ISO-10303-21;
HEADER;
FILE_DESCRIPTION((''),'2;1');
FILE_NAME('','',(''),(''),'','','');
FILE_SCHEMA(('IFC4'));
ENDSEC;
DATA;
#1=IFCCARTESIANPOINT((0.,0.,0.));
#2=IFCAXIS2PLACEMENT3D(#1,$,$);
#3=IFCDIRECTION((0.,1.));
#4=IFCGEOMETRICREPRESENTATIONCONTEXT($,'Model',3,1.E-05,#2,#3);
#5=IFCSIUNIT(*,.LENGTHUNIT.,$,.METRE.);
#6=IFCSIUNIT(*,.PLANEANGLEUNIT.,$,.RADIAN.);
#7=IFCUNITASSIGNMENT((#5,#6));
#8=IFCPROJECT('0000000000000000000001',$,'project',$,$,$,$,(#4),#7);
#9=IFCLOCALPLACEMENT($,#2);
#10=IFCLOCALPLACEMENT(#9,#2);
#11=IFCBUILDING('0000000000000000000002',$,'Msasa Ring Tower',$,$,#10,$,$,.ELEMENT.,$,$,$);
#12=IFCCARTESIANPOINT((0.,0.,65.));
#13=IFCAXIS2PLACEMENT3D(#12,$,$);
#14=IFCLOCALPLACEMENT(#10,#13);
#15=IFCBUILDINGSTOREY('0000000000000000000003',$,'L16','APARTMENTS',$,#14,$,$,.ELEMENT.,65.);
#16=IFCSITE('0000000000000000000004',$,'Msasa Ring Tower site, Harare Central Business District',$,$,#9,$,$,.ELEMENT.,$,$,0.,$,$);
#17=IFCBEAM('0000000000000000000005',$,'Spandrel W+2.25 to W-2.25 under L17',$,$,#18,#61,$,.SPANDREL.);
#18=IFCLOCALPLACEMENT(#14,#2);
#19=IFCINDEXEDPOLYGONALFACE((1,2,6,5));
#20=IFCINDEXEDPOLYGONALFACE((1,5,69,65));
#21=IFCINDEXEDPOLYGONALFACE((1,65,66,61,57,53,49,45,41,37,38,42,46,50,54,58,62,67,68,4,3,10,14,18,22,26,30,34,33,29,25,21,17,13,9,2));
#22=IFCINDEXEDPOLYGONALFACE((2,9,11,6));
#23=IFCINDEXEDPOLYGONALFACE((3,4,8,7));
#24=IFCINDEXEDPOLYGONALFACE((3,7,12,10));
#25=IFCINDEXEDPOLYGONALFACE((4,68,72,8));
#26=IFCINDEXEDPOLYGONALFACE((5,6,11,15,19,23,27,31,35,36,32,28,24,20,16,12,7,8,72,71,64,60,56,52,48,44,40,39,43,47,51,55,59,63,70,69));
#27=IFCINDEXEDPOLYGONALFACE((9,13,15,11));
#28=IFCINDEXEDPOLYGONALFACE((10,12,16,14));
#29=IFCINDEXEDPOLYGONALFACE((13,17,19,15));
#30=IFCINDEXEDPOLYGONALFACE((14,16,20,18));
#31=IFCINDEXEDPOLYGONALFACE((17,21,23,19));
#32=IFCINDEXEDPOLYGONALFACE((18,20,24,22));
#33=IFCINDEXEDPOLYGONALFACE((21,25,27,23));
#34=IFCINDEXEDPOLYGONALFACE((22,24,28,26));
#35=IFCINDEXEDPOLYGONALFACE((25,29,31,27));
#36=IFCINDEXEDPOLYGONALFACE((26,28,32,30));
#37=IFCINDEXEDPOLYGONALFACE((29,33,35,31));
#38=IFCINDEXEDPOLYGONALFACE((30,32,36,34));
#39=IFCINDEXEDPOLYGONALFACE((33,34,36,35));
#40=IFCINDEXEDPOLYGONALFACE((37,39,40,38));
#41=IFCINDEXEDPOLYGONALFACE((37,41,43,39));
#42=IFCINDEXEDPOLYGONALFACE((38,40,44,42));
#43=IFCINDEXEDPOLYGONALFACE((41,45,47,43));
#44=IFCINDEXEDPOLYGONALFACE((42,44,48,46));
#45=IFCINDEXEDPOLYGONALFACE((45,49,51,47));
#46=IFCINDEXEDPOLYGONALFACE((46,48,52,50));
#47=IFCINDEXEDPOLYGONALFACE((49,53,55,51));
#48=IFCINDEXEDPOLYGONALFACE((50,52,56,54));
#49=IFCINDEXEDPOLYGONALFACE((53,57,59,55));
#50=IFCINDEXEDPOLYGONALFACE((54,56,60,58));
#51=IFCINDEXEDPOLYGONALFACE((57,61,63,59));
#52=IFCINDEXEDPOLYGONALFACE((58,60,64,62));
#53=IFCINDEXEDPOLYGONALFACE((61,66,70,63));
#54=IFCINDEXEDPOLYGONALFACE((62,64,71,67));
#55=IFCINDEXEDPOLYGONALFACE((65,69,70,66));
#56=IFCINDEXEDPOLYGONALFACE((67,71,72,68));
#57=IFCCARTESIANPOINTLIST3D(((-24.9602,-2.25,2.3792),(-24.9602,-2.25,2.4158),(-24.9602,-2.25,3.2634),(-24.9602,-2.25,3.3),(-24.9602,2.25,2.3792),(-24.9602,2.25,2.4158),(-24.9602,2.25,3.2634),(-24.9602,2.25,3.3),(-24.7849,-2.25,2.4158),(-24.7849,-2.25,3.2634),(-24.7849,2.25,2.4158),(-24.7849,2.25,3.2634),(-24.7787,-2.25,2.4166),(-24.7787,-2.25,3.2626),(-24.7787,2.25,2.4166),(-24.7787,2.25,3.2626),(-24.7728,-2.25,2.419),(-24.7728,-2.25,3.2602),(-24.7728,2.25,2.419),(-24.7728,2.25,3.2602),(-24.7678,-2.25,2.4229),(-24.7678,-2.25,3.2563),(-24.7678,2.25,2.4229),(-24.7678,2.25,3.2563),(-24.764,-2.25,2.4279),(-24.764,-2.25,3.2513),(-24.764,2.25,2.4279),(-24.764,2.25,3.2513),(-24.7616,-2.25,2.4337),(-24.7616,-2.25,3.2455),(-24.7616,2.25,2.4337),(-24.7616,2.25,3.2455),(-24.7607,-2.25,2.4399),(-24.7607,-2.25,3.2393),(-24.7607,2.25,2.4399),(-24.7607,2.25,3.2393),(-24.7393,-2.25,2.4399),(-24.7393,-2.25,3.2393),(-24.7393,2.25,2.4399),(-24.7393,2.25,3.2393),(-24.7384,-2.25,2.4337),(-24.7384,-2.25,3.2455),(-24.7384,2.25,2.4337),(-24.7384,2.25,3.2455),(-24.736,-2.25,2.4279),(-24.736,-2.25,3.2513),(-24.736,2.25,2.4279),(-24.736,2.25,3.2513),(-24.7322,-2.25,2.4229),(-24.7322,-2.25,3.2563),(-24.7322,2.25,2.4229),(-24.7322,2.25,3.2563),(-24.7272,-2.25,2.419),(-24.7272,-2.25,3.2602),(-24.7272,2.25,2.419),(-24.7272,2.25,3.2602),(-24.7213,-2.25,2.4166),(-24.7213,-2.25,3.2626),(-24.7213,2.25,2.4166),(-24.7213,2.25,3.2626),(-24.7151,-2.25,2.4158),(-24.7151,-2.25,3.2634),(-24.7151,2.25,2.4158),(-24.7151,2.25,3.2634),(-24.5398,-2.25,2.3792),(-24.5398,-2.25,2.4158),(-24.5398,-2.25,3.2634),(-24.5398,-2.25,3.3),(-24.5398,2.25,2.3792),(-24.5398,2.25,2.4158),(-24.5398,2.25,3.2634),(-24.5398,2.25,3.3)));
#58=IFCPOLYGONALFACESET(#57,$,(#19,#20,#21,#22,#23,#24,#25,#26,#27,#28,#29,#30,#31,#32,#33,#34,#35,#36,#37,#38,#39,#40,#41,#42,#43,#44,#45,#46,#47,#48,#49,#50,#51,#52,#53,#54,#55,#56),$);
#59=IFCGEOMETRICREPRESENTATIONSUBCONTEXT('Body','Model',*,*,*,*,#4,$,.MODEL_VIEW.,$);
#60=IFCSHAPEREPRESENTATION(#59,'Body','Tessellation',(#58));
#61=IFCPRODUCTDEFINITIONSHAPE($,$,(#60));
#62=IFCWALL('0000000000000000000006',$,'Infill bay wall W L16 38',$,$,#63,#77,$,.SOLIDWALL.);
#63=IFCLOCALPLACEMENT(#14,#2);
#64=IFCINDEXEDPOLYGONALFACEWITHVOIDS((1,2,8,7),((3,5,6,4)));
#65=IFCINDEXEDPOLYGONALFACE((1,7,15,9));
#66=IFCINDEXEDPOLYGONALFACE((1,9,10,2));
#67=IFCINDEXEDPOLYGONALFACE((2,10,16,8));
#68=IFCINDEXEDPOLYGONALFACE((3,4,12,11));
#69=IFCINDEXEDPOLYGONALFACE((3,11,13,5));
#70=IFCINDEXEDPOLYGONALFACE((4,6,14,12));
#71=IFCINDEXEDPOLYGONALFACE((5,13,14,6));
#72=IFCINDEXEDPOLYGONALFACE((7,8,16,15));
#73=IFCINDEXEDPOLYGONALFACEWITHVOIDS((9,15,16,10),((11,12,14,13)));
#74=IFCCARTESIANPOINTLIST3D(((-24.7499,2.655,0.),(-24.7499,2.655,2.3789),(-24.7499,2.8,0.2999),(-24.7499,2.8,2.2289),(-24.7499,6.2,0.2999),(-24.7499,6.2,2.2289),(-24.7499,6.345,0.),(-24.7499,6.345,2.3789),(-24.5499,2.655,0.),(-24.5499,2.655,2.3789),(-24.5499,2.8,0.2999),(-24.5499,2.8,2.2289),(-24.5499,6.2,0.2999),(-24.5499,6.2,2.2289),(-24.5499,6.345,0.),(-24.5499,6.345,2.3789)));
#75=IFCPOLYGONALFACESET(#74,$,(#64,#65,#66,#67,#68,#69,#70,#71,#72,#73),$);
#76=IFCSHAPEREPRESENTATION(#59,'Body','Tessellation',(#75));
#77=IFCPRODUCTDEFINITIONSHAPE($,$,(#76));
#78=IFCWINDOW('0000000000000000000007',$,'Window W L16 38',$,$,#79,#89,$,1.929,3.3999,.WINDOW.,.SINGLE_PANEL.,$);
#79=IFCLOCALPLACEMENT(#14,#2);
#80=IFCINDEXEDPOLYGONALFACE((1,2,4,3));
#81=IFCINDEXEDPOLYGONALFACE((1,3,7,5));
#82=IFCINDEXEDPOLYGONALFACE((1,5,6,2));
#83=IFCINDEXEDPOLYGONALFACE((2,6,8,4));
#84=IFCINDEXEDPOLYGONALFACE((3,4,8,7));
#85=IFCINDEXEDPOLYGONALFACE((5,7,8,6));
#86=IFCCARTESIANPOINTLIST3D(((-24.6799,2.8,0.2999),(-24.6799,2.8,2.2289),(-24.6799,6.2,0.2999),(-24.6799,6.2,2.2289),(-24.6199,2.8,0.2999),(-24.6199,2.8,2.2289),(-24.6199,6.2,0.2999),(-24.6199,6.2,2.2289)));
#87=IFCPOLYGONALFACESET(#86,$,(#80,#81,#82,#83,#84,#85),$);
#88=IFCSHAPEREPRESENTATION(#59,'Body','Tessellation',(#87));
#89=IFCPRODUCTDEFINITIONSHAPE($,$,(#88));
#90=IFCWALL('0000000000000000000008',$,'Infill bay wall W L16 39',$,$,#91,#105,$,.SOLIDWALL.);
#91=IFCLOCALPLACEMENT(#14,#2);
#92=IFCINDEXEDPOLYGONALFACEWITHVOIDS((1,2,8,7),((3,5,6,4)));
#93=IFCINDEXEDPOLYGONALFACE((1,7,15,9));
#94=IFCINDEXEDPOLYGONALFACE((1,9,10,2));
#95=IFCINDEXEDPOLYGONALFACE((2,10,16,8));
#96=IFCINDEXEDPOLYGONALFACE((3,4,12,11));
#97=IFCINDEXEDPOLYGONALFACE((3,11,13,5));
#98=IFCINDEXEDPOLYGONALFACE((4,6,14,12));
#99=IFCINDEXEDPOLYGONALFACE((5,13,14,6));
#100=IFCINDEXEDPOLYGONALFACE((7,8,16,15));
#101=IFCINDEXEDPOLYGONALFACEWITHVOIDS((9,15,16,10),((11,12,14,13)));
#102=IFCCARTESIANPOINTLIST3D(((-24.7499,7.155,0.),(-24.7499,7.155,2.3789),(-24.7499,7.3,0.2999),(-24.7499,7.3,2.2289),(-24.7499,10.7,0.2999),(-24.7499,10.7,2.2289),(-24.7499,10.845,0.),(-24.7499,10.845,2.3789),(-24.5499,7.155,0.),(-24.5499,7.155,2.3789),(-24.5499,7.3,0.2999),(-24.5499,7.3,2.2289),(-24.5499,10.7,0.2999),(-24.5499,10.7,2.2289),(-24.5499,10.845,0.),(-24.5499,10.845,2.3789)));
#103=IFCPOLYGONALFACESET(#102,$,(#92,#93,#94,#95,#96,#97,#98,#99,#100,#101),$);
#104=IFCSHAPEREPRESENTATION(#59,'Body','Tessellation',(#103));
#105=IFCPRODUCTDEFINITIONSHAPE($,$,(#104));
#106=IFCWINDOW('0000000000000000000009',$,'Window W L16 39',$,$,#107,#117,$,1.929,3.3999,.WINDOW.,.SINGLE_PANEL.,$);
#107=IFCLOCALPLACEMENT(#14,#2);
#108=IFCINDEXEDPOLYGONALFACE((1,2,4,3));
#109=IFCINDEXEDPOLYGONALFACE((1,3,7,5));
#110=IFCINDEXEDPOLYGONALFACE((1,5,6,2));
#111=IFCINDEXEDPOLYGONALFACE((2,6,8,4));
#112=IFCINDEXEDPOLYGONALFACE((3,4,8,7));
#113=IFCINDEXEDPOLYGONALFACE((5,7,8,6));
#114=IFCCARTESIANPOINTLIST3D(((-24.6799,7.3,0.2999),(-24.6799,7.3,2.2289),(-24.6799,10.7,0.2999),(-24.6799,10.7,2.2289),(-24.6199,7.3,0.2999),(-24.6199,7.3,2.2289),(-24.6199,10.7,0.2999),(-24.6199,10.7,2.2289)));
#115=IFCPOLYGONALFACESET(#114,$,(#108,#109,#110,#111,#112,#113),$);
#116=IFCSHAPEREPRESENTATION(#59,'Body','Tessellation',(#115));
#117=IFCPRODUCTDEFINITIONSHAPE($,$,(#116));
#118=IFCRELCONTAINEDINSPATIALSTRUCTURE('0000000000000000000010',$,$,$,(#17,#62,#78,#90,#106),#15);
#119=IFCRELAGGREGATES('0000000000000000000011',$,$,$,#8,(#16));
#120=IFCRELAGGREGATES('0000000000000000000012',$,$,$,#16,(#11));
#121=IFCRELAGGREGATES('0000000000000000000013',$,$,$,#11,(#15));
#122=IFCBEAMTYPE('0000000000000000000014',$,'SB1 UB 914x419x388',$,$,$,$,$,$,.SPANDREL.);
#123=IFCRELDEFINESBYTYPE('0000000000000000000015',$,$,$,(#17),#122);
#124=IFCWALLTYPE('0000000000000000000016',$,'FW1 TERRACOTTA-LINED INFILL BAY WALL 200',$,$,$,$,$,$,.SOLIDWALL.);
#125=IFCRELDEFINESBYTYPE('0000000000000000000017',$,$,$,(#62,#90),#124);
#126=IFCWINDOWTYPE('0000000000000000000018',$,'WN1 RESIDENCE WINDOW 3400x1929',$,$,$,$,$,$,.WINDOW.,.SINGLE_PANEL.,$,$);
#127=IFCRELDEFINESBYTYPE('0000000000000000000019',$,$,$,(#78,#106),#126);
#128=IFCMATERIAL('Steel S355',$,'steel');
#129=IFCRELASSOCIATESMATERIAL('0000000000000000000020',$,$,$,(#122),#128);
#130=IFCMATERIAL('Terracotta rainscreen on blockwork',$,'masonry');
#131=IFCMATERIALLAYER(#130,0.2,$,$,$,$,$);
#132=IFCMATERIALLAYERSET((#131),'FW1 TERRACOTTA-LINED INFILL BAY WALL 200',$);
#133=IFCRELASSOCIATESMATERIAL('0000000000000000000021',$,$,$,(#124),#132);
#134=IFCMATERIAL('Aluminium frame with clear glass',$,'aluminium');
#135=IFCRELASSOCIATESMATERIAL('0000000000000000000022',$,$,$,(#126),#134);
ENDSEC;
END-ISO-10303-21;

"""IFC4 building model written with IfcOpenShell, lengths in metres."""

from ifc_helpers import new_model, si_unit, direction, frame, frame_2d, origin, origin_2d, place, context, subcontext, project, spatial, rectangle, i_section, extrude, material, layer, layer_set, material_profile, profile_set, type_object, element, fill, save


model = new_model("IFC4")

# Units and contexts
model_context = context("Model", 3, precision=1e-05, world=origin(), true_north=direction((0.0, 1.0)))
body_context = subcontext(model_context, "Body", "Model", "MODEL_VIEW")
ifc_project = project(units=[si_unit("LENGTHUNIT", "METRE"), si_unit("PLANEANGLEUNIT", "RADIAN")], contexts=[model_context])

# Site, building, storey
site_placement = place(None, origin())
site = spatial("IfcSite", under=ifc_project, at=site_placement, Name="Msasa Ring Tower site, Harare Central Business District", CompositionType="ELEMENT", RefElevation=0.0)
building_placement = place(site_placement, origin())
building = spatial("IfcBuilding", under=site, at=building_placement, Name="Msasa Ring Tower", CompositionType="ELEMENT")
storey_placement = place(building_placement, frame((0.0, 0.0, 65.0)))
storey = spatial("IfcBuildingStorey", under=building, at=storey_placement, Name="L16", Description="APARTMENTS", CompositionType="ELEMENT", Elevation=65.0)

# Beam
ifc_material_1 = material(Name="Steel S355", Category="steel")
ifc_material_profile_1 = material_profile(ifc_material_1, i_section(OverallWidth=0.4204, OverallDepth=0.9209, WebThickness=0.0215, FlangeThickness=0.0366, FilletRadius=0.0242, at=origin_2d()), Name="UB 914x419x388")
ifc_profile_set_1 = profile_set([ifc_material_profile_1], Name="Steel S355")
beam_type_1 = type_object("IfcBeamType", Name="SB1 UB 914x419x388", PredefinedType="SPANDREL", material=ifc_profile_set_1)
for number, where, z_axis, x_axis, name in (
    (1, (-24.75, 2.25, 2.8396), (0.0, -1.0, 0.0), (1.0, 0.0, 0.0), "Spandrel W+2.25 to W-2.25 under L17"),
):
    element("IfcBeam", number, at=place(storey_placement, frame(where, z_axis=z_axis, x_axis=x_axis)), inside=storey, type_object=beam_type_1, Name=name, PredefinedType="SPANDREL", context=body_context, shape_type="SweptSolid", body=[
        extrude(i_section(OverallWidth=0.4204, OverallDepth=0.9209, WebThickness=0.0215, FlangeThickness=0.0366, FilletRadius=0.0242, at=origin_2d()), origin(), (0.0, 0.0, 1.0), 4.5),
    ])

# Walls, openings, windows
ifc_material_2 = material(Name="Terracotta rainscreen on blockwork", Category="masonry")
ifc_layer_1 = layer(ifc_material_2, 0.2)
ifc_layer_set_1 = layer_set([ifc_layer_1], Name="FW1 TERRACOTTA-LINED INFILL BAY WALL 200")
wall_type_1 = type_object("IfcWallType", Name="FW1 TERRACOTTA-LINED INFILL BAY WALL 200", PredefinedType="SOLIDWALL", material=ifc_layer_set_1)
wall_1_placement = place(storey_placement, frame((-24.6499, 2.655, 0.0), z_axis=(0.0, 0.0, 1.0), x_axis=(0.0, 1.0, 0.0)))
wall_1 = element("IfcWall", 2, at=wall_1_placement, inside=storey, type_object=wall_type_1, Name="Infill bay wall W L16 38", PredefinedType="SOLIDWALL", context=body_context, shape_type="SweptSolid", body=[
    extrude(rectangle(XDim=3.6899, YDim=0.2, at=frame_2d((1.845, 0.0))), origin(), (0.0, 0.0, 1.0), 2.3789),
])
opening_1_placement = place(wall_1_placement, frame((0.145, 0.0, 0.3)))
opening_1 = element("IfcOpeningElement", 3, at=opening_1_placement, cuts=wall_1, PredefinedType="OPENING", context=body_context, shape_type="SweptSolid", body=[
    extrude(rectangle(XDim=3.3999, YDim=1.929, at=frame_2d((1.7, 0.9644))), frame((0.0, 0.1099, 0.0), z_axis=(0.0, -1.0, 0.0), x_axis=(1.0, 0.0, 0.0)), (0.0, 0.0, 1.0), 0.22),
])
ifc_material_3 = material(Name="Aluminium frame with clear glass", Category="aluminium")
window_type = type_object("IfcWindowType", Name="WN1 RESIDENCE WINDOW 3400x1929", PartitioningType="SINGLE_PANEL", PredefinedType="WINDOW", material=ifc_material_3)
window_1_placement = place(opening_1_placement, origin())
window_1 = element("IfcWindow", 4, at=window_1_placement, inside=storey, type_object=window_type, Name="Window W L16 38", OverallHeight=1.929, OverallWidth=3.3999, PartitioningType="SINGLE_PANEL", PredefinedType="WINDOW", context=body_context, shape_type="SweptSolid", body=[
    extrude(rectangle(XDim=3.3999, YDim=1.929, at=frame_2d((1.7, 0.9644))), frame((0.0, 0.03, 0.0), z_axis=(0.0, -1.0, 0.0), x_axis=(1.0, 0.0, 0.0)), (0.0, 0.0, 1.0), 0.0601),
])
fill(opening_1, window_1)
wall_2_placement = place(storey_placement, frame((-24.6499, 7.155, 0.0), z_axis=(0.0, 0.0, 1.0), x_axis=(0.0, 1.0, 0.0)))
wall_2 = element("IfcWall", 5, at=wall_2_placement, inside=storey, type_object=wall_type_1, Name="Infill bay wall W L16 39", PredefinedType="SOLIDWALL", context=body_context, shape_type="SweptSolid", body=[
    extrude(rectangle(XDim=3.6899, YDim=0.2, at=frame_2d((1.845, 0.0))), origin(), (0.0, 0.0, 1.0), 2.3789),
])
opening_2_placement = place(wall_2_placement, frame((0.145, 0.0, 0.3)))
opening_2 = element("IfcOpeningElement", 6, at=opening_2_placement, cuts=wall_2, PredefinedType="OPENING", context=body_context, shape_type="SweptSolid", body=[
    extrude(rectangle(XDim=3.3999, YDim=1.929, at=frame_2d((1.7, 0.9644))), frame((0.0, 0.1099, 0.0), z_axis=(0.0, -1.0, 0.0), x_axis=(1.0, 0.0, 0.0)), (0.0, 0.0, 1.0), 0.22),
])
window_2_placement = place(opening_2_placement, origin())
window_2 = element("IfcWindow", 7, at=window_2_placement, inside=storey, type_object=window_type, Name="Window W L16 39", OverallHeight=1.929, OverallWidth=3.3999, PartitioningType="SINGLE_PANEL", PredefinedType="WINDOW", context=body_context, shape_type="SweptSolid", body=[
    extrude(rectangle(XDim=3.3999, YDim=1.929, at=frame_2d((1.7, 0.9644))), frame((0.0, 0.03, 0.0), z_axis=(0.0, -1.0, 0.0), x_axis=(1.0, 0.0, 0.0)), (0.0, 0.0, 1.0), 0.0601),
])
fill(opening_2, window_2)

save(model, "model.ifc")
